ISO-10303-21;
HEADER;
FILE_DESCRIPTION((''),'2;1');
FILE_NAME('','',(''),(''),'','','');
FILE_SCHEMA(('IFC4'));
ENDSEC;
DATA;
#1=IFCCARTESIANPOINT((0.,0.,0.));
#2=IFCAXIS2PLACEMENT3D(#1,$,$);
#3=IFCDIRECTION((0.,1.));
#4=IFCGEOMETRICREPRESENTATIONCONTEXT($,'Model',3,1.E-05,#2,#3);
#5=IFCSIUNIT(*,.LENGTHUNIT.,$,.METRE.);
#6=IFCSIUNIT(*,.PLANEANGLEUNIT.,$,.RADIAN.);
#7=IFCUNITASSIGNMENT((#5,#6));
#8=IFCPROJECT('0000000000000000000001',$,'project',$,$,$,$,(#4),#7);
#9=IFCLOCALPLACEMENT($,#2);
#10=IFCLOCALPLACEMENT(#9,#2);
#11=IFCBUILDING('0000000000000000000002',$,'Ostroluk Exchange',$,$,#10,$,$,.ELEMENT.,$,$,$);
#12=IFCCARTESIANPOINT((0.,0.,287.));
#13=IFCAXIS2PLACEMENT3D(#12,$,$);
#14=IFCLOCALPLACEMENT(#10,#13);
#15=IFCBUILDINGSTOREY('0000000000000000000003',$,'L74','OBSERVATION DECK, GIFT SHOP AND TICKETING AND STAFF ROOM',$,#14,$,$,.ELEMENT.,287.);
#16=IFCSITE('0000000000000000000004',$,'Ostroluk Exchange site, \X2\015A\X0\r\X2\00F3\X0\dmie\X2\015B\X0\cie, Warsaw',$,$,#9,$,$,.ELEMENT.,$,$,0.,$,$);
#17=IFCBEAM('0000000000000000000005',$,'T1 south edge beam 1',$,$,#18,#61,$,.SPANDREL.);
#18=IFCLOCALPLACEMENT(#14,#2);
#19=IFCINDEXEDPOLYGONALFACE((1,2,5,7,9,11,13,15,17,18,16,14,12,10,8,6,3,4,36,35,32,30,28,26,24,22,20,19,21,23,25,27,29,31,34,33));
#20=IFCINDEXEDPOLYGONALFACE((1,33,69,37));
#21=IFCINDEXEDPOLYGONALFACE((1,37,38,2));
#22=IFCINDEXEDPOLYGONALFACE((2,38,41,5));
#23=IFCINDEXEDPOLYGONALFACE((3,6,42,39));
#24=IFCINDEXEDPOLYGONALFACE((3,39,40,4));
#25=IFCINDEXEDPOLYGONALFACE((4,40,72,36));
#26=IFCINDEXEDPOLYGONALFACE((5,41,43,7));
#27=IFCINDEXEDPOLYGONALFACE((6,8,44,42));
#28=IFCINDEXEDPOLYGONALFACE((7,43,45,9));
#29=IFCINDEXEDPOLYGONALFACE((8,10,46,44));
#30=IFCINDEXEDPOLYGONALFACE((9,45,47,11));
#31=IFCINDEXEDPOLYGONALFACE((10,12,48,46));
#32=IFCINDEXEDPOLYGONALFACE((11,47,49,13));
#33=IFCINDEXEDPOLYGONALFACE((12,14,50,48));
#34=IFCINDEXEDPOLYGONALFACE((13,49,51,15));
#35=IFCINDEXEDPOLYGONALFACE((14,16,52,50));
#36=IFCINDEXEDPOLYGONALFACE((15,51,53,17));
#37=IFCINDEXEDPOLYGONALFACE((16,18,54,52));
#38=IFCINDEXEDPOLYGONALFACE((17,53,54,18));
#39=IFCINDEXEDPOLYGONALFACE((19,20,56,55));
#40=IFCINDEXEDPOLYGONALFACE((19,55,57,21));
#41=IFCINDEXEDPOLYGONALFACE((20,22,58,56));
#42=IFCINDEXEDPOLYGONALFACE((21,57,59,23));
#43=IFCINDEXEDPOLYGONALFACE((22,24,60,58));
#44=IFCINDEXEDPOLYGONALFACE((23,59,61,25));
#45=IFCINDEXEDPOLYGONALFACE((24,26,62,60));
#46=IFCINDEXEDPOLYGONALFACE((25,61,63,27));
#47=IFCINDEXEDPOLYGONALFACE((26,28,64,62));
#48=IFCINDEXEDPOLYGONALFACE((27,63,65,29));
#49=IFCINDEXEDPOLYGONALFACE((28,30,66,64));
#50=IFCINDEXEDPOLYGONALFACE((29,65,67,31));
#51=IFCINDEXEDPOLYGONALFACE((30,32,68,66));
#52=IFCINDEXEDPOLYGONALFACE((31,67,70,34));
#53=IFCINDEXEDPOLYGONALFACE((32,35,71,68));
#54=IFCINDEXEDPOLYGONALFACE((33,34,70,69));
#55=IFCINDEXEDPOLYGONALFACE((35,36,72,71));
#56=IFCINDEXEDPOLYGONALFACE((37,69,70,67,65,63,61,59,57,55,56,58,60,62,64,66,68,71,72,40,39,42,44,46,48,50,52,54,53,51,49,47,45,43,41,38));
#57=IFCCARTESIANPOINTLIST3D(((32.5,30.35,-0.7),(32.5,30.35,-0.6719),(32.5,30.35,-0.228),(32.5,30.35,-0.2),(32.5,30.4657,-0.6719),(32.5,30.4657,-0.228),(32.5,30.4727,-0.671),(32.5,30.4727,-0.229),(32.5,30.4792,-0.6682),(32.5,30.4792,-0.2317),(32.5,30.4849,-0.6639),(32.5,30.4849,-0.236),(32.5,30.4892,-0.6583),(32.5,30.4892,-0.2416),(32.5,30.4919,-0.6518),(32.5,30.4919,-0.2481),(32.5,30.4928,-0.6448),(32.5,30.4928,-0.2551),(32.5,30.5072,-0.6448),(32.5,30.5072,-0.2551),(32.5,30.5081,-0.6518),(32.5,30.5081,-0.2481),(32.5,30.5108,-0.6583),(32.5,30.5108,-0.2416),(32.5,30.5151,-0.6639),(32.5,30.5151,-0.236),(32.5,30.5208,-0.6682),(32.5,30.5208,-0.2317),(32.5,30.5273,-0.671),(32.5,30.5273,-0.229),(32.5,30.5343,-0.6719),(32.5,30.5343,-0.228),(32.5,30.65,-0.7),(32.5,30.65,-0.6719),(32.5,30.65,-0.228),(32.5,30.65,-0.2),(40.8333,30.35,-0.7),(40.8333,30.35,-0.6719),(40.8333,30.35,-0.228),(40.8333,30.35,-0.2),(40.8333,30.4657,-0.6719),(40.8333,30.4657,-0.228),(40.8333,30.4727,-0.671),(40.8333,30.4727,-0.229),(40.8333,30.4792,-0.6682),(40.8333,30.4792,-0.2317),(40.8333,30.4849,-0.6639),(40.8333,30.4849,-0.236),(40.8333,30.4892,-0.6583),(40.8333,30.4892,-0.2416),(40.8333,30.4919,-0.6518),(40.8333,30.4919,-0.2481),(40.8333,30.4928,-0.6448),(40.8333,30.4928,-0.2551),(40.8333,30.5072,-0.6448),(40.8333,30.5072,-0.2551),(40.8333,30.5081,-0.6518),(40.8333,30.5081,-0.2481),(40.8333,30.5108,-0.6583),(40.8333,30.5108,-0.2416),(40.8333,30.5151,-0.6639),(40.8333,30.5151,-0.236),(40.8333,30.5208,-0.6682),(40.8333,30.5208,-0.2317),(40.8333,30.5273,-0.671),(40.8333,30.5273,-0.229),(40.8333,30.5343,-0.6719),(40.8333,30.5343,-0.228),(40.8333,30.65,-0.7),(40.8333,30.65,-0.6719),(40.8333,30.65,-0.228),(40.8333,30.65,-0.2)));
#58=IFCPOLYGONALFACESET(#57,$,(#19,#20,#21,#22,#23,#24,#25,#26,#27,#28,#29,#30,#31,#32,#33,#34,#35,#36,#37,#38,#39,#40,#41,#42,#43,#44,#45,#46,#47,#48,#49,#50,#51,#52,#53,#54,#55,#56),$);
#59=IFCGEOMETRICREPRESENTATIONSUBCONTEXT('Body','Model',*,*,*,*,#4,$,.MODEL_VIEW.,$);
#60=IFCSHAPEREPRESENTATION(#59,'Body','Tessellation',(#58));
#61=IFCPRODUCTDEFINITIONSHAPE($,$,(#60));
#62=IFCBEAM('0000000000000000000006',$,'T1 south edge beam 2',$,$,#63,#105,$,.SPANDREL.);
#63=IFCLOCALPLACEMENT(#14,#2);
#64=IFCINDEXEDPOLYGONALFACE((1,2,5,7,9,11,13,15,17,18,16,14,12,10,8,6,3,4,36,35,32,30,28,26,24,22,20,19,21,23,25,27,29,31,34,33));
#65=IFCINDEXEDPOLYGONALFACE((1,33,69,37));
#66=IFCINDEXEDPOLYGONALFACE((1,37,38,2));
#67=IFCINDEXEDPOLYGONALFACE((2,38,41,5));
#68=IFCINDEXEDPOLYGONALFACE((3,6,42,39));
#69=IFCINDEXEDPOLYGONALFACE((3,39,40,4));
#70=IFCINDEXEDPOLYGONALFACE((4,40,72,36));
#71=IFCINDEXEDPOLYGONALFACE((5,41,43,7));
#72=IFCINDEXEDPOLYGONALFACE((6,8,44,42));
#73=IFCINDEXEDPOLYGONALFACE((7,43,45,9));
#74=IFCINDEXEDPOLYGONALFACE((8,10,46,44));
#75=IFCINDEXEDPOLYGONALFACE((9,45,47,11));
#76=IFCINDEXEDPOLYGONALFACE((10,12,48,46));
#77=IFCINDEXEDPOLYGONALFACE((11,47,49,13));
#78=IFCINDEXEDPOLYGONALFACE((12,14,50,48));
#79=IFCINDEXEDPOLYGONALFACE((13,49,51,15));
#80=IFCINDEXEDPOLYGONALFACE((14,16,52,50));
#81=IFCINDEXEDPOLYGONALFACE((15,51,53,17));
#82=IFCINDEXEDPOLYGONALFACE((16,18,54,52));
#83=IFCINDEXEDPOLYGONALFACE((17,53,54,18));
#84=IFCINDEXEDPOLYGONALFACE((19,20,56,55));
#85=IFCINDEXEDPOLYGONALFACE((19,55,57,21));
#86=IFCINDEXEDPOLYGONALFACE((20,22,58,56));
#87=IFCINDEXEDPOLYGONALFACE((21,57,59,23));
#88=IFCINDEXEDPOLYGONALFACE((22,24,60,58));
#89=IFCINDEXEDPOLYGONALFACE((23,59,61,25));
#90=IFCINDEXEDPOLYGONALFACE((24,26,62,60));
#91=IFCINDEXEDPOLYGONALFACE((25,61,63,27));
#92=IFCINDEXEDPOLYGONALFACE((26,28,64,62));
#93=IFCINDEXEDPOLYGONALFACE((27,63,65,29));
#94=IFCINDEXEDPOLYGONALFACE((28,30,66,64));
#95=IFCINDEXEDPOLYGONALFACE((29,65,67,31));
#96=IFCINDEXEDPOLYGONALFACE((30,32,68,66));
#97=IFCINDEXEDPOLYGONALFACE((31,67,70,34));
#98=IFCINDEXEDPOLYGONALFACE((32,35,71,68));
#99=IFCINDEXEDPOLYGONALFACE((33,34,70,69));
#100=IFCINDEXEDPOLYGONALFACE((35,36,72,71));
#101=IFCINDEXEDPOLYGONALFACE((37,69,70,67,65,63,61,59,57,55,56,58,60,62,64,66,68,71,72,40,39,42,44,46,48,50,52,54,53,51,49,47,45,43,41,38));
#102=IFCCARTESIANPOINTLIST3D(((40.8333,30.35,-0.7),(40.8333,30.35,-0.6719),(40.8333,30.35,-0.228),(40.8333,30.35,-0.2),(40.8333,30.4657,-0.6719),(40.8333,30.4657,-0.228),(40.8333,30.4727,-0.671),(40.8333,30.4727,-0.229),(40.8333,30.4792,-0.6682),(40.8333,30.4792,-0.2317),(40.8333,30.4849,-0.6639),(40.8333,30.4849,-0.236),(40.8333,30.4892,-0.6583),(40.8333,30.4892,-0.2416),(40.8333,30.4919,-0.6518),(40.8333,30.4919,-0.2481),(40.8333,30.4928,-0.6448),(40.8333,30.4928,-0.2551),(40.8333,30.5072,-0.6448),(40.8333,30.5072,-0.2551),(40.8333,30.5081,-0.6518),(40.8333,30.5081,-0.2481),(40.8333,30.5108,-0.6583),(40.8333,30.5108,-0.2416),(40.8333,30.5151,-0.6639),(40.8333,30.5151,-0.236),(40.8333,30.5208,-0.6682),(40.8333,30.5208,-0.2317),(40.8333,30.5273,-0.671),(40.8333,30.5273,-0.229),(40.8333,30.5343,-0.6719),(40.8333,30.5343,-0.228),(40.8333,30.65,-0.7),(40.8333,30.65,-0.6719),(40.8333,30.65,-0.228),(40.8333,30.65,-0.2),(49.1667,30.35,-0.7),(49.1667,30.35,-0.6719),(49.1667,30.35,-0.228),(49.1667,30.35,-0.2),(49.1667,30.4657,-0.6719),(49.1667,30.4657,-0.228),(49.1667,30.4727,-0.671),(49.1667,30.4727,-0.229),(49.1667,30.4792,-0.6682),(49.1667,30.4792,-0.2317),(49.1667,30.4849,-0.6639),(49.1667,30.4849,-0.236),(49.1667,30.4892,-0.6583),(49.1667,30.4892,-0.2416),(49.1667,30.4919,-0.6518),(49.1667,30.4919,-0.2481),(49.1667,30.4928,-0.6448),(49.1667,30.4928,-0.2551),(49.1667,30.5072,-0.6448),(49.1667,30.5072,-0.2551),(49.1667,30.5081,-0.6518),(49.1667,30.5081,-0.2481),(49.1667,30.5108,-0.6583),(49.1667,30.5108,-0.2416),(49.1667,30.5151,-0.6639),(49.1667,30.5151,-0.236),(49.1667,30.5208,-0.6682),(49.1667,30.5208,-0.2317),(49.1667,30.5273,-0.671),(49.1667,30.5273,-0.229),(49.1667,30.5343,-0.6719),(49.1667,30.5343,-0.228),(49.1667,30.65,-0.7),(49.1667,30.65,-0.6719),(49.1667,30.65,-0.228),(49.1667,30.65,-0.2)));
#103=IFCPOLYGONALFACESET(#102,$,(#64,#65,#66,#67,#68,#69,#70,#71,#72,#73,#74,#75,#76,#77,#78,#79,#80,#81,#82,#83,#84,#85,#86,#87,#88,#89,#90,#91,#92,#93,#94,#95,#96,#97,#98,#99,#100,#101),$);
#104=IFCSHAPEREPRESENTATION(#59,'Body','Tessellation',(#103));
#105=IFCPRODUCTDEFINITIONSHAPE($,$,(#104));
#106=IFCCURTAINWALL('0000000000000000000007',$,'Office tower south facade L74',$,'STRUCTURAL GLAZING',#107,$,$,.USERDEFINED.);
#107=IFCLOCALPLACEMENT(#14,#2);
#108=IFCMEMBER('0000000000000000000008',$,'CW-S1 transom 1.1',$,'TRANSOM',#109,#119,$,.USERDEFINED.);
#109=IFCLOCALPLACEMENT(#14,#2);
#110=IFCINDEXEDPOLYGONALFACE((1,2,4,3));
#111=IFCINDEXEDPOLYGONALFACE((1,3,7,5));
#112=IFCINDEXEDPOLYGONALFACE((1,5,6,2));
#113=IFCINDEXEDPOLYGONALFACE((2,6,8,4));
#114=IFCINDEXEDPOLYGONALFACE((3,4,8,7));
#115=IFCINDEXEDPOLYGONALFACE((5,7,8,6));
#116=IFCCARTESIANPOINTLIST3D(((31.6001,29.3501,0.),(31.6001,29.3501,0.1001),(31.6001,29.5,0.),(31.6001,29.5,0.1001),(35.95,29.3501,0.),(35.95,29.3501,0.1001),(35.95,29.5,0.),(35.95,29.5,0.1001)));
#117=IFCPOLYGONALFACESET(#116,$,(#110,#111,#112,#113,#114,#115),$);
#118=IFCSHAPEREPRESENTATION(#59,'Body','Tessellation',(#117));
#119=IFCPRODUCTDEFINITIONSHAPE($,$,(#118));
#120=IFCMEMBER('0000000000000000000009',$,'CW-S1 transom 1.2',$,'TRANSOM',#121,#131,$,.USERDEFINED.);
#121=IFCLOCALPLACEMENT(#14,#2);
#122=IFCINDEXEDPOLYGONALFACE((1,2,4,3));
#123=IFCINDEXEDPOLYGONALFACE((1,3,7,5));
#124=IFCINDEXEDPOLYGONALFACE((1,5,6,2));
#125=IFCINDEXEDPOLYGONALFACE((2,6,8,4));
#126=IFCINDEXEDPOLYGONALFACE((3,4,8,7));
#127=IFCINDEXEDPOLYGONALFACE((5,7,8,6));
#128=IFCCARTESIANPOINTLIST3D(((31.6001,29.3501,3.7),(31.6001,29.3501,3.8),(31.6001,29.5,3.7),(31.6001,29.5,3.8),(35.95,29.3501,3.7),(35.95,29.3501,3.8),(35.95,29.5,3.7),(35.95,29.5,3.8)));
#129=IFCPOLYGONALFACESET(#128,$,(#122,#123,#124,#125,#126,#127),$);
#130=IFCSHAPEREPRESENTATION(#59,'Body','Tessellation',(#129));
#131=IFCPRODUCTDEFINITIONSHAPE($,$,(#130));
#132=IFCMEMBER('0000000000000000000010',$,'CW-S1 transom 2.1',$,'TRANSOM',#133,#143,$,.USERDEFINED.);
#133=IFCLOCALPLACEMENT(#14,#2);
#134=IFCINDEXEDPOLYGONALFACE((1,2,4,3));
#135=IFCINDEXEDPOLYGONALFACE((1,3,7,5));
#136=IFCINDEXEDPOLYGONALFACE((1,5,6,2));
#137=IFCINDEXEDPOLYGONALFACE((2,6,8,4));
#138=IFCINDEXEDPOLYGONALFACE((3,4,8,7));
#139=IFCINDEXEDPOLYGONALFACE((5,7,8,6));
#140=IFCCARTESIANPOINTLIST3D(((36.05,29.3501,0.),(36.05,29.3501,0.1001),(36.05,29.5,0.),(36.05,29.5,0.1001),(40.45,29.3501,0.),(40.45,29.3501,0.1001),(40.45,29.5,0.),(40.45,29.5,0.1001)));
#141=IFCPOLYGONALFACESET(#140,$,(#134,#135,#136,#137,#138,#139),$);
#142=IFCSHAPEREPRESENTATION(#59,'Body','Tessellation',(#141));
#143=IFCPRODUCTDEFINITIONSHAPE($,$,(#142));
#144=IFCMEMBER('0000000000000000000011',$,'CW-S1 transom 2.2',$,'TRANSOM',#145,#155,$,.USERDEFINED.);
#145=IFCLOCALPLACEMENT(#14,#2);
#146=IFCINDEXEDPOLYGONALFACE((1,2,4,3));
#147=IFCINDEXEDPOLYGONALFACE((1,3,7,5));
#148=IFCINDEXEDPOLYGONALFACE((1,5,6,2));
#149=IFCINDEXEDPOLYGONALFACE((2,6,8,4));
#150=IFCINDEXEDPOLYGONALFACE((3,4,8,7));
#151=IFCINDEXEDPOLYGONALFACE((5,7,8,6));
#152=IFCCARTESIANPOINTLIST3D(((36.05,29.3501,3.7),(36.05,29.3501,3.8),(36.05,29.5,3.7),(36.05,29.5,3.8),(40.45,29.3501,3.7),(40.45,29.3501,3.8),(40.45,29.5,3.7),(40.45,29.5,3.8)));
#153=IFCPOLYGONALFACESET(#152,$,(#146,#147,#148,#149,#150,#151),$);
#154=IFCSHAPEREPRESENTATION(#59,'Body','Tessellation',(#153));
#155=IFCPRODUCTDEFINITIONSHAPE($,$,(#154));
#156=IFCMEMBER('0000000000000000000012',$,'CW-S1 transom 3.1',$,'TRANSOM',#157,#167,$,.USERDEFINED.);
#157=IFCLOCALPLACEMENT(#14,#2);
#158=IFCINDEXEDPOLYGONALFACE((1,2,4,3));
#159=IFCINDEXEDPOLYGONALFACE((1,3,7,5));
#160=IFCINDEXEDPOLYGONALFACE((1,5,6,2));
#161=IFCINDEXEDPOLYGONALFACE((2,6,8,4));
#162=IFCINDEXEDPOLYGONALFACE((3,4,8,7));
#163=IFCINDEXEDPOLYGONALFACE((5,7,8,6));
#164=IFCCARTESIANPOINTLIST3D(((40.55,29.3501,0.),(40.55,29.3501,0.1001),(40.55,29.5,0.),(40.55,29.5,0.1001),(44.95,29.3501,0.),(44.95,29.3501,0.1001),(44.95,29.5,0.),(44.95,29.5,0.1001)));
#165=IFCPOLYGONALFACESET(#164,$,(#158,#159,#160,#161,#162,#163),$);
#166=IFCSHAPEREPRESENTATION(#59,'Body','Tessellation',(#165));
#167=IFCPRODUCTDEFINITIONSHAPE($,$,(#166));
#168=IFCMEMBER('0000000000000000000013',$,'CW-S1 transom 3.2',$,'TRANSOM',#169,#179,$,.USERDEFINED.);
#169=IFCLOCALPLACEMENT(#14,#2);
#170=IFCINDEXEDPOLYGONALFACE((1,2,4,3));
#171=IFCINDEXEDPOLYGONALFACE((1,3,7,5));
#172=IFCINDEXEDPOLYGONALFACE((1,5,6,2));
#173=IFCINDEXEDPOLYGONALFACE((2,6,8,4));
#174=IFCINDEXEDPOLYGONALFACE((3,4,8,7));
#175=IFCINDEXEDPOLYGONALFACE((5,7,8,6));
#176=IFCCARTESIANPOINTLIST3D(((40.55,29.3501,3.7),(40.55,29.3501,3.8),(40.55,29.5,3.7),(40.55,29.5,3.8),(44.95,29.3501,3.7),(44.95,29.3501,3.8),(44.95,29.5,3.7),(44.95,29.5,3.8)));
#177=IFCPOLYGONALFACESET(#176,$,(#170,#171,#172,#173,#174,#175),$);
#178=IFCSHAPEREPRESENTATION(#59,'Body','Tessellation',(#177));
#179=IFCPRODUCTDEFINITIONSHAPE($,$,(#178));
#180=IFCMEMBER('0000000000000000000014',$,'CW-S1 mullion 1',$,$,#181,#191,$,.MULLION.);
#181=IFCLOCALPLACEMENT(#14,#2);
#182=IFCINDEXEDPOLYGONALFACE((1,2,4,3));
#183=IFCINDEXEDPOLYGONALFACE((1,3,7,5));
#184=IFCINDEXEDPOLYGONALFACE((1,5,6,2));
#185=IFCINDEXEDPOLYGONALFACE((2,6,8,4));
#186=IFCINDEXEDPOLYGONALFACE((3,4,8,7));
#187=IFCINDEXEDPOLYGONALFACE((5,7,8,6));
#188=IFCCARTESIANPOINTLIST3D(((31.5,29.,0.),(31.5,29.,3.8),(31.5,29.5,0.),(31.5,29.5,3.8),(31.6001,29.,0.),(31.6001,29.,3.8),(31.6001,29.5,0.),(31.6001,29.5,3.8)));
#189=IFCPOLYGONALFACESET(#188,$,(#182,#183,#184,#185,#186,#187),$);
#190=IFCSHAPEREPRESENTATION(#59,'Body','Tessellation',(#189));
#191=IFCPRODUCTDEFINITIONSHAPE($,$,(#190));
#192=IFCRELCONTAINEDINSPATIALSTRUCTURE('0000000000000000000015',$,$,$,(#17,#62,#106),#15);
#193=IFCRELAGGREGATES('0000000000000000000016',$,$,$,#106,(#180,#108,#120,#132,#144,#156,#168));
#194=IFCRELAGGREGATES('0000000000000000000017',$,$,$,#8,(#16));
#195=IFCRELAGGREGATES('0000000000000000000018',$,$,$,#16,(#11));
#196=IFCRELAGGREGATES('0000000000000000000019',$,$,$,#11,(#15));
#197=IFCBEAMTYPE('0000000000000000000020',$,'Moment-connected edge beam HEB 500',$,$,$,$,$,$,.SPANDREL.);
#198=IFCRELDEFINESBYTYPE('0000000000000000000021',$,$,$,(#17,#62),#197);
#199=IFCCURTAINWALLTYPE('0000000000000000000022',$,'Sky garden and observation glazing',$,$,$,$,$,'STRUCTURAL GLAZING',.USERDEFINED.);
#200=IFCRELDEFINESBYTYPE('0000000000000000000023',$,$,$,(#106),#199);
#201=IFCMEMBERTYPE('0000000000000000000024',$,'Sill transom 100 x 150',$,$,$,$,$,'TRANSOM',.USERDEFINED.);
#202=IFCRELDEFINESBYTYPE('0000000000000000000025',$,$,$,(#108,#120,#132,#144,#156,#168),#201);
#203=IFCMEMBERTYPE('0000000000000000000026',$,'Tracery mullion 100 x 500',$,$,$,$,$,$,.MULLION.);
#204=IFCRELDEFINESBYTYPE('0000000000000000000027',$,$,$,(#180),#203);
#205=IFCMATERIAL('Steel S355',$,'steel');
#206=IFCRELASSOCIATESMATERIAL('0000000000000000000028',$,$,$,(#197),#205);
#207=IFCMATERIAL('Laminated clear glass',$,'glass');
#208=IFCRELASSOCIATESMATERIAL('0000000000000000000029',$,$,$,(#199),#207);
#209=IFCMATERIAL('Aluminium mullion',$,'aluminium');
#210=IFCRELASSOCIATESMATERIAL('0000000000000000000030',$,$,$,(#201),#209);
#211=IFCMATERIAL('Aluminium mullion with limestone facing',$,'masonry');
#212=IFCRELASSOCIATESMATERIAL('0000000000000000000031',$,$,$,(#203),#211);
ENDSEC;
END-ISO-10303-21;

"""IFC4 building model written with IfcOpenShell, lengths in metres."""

from ifc_helpers import new_model, si_unit, direction, frame, origin, origin_2d, place, context, subcontext, project, spatial, rectangle, i_section, extrude, material, material_profile, profile_set, type_object, element, aggregate, save


model = new_model("IFC4")

# Units and contexts
model_context = context("Model", 3, precision=1e-05, world=origin(), true_north=direction((0.0, 1.0)))
body_context = subcontext(model_context, "Body", "Model", "MODEL_VIEW")
ifc_project = project(units=[si_unit("LENGTHUNIT", "METRE"), si_unit("PLANEANGLEUNIT", "RADIAN")], contexts=[model_context])

# Site, building, storey
site_placement = place(None, origin())
site = spatial("IfcSite", under=ifc_project, at=site_placement, Name="Ostroluk Exchange site, Śródmieście, Warsaw", CompositionType="ELEMENT", RefElevation=0.0)
building_placement = place(site_placement, origin())
building = spatial("IfcBuilding", under=site, at=building_placement, Name="Ostroluk Exchange", CompositionType="ELEMENT")
storey_placement = place(building_placement, frame((0.0, 0.0, 287.0)))
storey = spatial("IfcBuildingStorey", under=building, at=storey_placement, Name="L74", Description="OBSERVATION DECK, GIFT SHOP AND TICKETING AND STAFF ROOM", CompositionType="ELEMENT", Elevation=287.0)

# Beams
ifc_material_1 = material(Name="Steel S355", Category="steel")
ifc_material_profile_1 = material_profile(ifc_material_1, i_section(OverallWidth=0.3, OverallDepth=0.5, WebThickness=0.0144, FlangeThickness=0.0281, FilletRadius=0.0271, at=origin_2d()), Name="HEB 500")
ifc_profile_set_1 = profile_set([ifc_material_profile_1], Name="Steel S355")
beam_type_1 = type_object("IfcBeamType", Name="Moment-connected edge beam HEB 500", PredefinedType="SPANDREL", material=ifc_profile_set_1)
beam_1_placement = place(storey_placement, frame((32.5, 30.5, -0.45), z_axis=(1.0, 0.0, 0.0), x_axis=(0.0, 1.0, 0.0)))
element("IfcBeam", 1, at=beam_1_placement, inside=storey, type_object=beam_type_1, Name="T1 south edge beam 1", PredefinedType="SPANDREL", context=body_context, shape_type="SweptSolid", body=[
    extrude(i_section(OverallWidth=0.3, OverallDepth=0.5, WebThickness=0.0144, FlangeThickness=0.0281, FilletRadius=0.0271, at=origin_2d()), origin(), (0.0, 0.0, 1.0), 8.3333),
])
beam_2_placement = place(storey_placement, frame((40.8333, 30.5, -0.45), z_axis=(1.0, 0.0, 0.0), x_axis=(0.0, 1.0, 0.0)))
element("IfcBeam", 2, at=beam_2_placement, inside=storey, type_object=beam_type_1, Name="T1 south edge beam 2", PredefinedType="SPANDREL", context=body_context, shape_type="SweptSolid", body=[
    extrude(i_section(OverallWidth=0.3, OverallDepth=0.5, WebThickness=0.0144, FlangeThickness=0.0281, FilletRadius=0.0271, at=origin_2d()), origin(), (0.0, 0.0, 1.0), 8.3335),
])

# Curtain wall, members
ifc_material_2 = material(Name="Laminated clear glass", Category="glass")
curtain_wall_type = type_object("IfcCurtainWallType", Name="Sky garden and observation glazing", ElementType="STRUCTURAL GLAZING", PredefinedType="USERDEFINED", material=ifc_material_2)
curtain_wall_1_placement = place(storey_placement, origin())
curtain_wall_1 = element("IfcCurtainWall", 3, at=curtain_wall_1_placement, inside=storey, type_object=curtain_wall_type, Name="Office tower south facade L74", ObjectType="STRUCTURAL GLAZING", PredefinedType="USERDEFINED")
ifc_material_3 = material(Name="Aluminium mullion", Category="aluminium")
ifc_material_profile_2 = material_profile(ifc_material_3, rectangle(XDim=0.1499, YDim=0.1001, at=origin_2d()), Name="Sill transom 100 x 150")
ifc_profile_set_2 = profile_set([ifc_material_profile_2], Name="Aluminium mullion")
member_type_1 = type_object("IfcMemberType", Name="Sill transom 100 x 150", ElementType="TRANSOM", PredefinedType="USERDEFINED", material=ifc_profile_set_2)
member_1_placement = place(storey_placement, frame((31.6001, 29.425, 0.05), z_axis=(1.0, 0.0, 0.0), x_axis=(0.0, 1.0, 0.0)))
member_1 = element("IfcMember", 4, at=member_1_placement, type_object=member_type_1, Name="CW-S1 transom 1.1", ObjectType="TRANSOM", PredefinedType="USERDEFINED", context=body_context, shape_type="SweptSolid", body=[
    extrude(rectangle(XDim=0.1499, YDim=0.1001, at=origin_2d()), origin(), (0.0, 0.0, 1.0), 4.3499),
])
member_2_placement = place(storey_placement, frame((31.6001, 29.425, 3.75), z_axis=(1.0, 0.0, 0.0), x_axis=(0.0, 1.0, 0.0)))
member_2 = element("IfcMember", 5, at=member_2_placement, type_object=member_type_1, Name="CW-S1 transom 1.2", ObjectType="TRANSOM", PredefinedType="USERDEFINED", context=body_context, shape_type="SweptSolid", body=[
    extrude(rectangle(XDim=0.1499, YDim=0.1001, at=origin_2d()), origin(), (0.0, 0.0, 1.0), 4.3499),
])
member_3_placement = place(storey_placement, frame((36.05, 29.425, 0.05), z_axis=(1.0, 0.0, 0.0), x_axis=(0.0, 1.0, 0.0)))
member_3 = element("IfcMember", 6, at=member_3_placement, type_object=member_type_1, Name="CW-S1 transom 2.1", ObjectType="TRANSOM", PredefinedType="USERDEFINED", context=body_context, shape_type="SweptSolid", body=[
    extrude(rectangle(XDim=0.1499, YDim=0.1001, at=origin_2d()), origin(), (0.0, 0.0, 1.0), 4.3999),
])
member_4_placement = place(storey_placement, frame((36.05, 29.425, 3.75), z_axis=(1.0, 0.0, 0.0), x_axis=(0.0, 1.0, 0.0)))
member_4 = element("IfcMember", 7, at=member_4_placement, type_object=member_type_1, Name="CW-S1 transom 2.2", ObjectType="TRANSOM", PredefinedType="USERDEFINED", context=body_context, shape_type="SweptSolid", body=[
    extrude(rectangle(XDim=0.1499, YDim=0.1001, at=origin_2d()), origin(), (0.0, 0.0, 1.0), 4.3999),
])
member_5_placement = place(storey_placement, frame((40.55, 29.425, 0.05), z_axis=(1.0, 0.0, 0.0), x_axis=(0.0, 1.0, 0.0)))
member_5 = element("IfcMember", 8, at=member_5_placement, type_object=member_type_1, Name="CW-S1 transom 3.1", ObjectType="TRANSOM", PredefinedType="USERDEFINED", context=body_context, shape_type="SweptSolid", body=[
    extrude(rectangle(XDim=0.1499, YDim=0.1001, at=origin_2d()), origin(), (0.0, 0.0, 1.0), 4.3999),
])
member_6_placement = place(storey_placement, frame((40.55, 29.425, 3.75), z_axis=(1.0, 0.0, 0.0), x_axis=(0.0, 1.0, 0.0)))
member_6 = element("IfcMember", 9, at=member_6_placement, type_object=member_type_1, Name="CW-S1 transom 3.2", ObjectType="TRANSOM", PredefinedType="USERDEFINED", context=body_context, shape_type="SweptSolid", body=[
    extrude(rectangle(XDim=0.1499, YDim=0.1001, at=origin_2d()), origin(), (0.0, 0.0, 1.0), 4.3999),
])
ifc_material_4 = material(Name="Aluminium mullion with limestone facing", Category="masonry")
ifc_material_profile_3 = material_profile(ifc_material_4, rectangle(XDim=0.5, YDim=0.1001, at=origin_2d()), Name="Tracery mullion 100 x 500")
ifc_profile_set_3 = profile_set([ifc_material_profile_3], Name="Aluminium mullion with limestone facing")
member_type_2 = type_object("IfcMemberType", Name="Tracery mullion 100 x 500", PredefinedType="MULLION", material=ifc_profile_set_3)
member_7_placement = place(storey_placement, frame((31.55, 29.25, 0.0), z_axis=(0.0, 0.0, 1.0), x_axis=(0.0, 1.0, 0.0)))
member_7 = element("IfcMember", 10, at=member_7_placement, type_object=member_type_2, Name="CW-S1 mullion 1", PredefinedType="MULLION", context=body_context, shape_type="SweptSolid", body=[
    extrude(rectangle(XDim=0.5, YDim=0.1001, at=origin_2d()), origin(), (0.0, 0.0, 1.0), 3.8),
])

aggregate(curtain_wall_1, [member_7, member_1, member_2, member_3, member_4, member_5, member_6])

save(model, "model.ifc")
